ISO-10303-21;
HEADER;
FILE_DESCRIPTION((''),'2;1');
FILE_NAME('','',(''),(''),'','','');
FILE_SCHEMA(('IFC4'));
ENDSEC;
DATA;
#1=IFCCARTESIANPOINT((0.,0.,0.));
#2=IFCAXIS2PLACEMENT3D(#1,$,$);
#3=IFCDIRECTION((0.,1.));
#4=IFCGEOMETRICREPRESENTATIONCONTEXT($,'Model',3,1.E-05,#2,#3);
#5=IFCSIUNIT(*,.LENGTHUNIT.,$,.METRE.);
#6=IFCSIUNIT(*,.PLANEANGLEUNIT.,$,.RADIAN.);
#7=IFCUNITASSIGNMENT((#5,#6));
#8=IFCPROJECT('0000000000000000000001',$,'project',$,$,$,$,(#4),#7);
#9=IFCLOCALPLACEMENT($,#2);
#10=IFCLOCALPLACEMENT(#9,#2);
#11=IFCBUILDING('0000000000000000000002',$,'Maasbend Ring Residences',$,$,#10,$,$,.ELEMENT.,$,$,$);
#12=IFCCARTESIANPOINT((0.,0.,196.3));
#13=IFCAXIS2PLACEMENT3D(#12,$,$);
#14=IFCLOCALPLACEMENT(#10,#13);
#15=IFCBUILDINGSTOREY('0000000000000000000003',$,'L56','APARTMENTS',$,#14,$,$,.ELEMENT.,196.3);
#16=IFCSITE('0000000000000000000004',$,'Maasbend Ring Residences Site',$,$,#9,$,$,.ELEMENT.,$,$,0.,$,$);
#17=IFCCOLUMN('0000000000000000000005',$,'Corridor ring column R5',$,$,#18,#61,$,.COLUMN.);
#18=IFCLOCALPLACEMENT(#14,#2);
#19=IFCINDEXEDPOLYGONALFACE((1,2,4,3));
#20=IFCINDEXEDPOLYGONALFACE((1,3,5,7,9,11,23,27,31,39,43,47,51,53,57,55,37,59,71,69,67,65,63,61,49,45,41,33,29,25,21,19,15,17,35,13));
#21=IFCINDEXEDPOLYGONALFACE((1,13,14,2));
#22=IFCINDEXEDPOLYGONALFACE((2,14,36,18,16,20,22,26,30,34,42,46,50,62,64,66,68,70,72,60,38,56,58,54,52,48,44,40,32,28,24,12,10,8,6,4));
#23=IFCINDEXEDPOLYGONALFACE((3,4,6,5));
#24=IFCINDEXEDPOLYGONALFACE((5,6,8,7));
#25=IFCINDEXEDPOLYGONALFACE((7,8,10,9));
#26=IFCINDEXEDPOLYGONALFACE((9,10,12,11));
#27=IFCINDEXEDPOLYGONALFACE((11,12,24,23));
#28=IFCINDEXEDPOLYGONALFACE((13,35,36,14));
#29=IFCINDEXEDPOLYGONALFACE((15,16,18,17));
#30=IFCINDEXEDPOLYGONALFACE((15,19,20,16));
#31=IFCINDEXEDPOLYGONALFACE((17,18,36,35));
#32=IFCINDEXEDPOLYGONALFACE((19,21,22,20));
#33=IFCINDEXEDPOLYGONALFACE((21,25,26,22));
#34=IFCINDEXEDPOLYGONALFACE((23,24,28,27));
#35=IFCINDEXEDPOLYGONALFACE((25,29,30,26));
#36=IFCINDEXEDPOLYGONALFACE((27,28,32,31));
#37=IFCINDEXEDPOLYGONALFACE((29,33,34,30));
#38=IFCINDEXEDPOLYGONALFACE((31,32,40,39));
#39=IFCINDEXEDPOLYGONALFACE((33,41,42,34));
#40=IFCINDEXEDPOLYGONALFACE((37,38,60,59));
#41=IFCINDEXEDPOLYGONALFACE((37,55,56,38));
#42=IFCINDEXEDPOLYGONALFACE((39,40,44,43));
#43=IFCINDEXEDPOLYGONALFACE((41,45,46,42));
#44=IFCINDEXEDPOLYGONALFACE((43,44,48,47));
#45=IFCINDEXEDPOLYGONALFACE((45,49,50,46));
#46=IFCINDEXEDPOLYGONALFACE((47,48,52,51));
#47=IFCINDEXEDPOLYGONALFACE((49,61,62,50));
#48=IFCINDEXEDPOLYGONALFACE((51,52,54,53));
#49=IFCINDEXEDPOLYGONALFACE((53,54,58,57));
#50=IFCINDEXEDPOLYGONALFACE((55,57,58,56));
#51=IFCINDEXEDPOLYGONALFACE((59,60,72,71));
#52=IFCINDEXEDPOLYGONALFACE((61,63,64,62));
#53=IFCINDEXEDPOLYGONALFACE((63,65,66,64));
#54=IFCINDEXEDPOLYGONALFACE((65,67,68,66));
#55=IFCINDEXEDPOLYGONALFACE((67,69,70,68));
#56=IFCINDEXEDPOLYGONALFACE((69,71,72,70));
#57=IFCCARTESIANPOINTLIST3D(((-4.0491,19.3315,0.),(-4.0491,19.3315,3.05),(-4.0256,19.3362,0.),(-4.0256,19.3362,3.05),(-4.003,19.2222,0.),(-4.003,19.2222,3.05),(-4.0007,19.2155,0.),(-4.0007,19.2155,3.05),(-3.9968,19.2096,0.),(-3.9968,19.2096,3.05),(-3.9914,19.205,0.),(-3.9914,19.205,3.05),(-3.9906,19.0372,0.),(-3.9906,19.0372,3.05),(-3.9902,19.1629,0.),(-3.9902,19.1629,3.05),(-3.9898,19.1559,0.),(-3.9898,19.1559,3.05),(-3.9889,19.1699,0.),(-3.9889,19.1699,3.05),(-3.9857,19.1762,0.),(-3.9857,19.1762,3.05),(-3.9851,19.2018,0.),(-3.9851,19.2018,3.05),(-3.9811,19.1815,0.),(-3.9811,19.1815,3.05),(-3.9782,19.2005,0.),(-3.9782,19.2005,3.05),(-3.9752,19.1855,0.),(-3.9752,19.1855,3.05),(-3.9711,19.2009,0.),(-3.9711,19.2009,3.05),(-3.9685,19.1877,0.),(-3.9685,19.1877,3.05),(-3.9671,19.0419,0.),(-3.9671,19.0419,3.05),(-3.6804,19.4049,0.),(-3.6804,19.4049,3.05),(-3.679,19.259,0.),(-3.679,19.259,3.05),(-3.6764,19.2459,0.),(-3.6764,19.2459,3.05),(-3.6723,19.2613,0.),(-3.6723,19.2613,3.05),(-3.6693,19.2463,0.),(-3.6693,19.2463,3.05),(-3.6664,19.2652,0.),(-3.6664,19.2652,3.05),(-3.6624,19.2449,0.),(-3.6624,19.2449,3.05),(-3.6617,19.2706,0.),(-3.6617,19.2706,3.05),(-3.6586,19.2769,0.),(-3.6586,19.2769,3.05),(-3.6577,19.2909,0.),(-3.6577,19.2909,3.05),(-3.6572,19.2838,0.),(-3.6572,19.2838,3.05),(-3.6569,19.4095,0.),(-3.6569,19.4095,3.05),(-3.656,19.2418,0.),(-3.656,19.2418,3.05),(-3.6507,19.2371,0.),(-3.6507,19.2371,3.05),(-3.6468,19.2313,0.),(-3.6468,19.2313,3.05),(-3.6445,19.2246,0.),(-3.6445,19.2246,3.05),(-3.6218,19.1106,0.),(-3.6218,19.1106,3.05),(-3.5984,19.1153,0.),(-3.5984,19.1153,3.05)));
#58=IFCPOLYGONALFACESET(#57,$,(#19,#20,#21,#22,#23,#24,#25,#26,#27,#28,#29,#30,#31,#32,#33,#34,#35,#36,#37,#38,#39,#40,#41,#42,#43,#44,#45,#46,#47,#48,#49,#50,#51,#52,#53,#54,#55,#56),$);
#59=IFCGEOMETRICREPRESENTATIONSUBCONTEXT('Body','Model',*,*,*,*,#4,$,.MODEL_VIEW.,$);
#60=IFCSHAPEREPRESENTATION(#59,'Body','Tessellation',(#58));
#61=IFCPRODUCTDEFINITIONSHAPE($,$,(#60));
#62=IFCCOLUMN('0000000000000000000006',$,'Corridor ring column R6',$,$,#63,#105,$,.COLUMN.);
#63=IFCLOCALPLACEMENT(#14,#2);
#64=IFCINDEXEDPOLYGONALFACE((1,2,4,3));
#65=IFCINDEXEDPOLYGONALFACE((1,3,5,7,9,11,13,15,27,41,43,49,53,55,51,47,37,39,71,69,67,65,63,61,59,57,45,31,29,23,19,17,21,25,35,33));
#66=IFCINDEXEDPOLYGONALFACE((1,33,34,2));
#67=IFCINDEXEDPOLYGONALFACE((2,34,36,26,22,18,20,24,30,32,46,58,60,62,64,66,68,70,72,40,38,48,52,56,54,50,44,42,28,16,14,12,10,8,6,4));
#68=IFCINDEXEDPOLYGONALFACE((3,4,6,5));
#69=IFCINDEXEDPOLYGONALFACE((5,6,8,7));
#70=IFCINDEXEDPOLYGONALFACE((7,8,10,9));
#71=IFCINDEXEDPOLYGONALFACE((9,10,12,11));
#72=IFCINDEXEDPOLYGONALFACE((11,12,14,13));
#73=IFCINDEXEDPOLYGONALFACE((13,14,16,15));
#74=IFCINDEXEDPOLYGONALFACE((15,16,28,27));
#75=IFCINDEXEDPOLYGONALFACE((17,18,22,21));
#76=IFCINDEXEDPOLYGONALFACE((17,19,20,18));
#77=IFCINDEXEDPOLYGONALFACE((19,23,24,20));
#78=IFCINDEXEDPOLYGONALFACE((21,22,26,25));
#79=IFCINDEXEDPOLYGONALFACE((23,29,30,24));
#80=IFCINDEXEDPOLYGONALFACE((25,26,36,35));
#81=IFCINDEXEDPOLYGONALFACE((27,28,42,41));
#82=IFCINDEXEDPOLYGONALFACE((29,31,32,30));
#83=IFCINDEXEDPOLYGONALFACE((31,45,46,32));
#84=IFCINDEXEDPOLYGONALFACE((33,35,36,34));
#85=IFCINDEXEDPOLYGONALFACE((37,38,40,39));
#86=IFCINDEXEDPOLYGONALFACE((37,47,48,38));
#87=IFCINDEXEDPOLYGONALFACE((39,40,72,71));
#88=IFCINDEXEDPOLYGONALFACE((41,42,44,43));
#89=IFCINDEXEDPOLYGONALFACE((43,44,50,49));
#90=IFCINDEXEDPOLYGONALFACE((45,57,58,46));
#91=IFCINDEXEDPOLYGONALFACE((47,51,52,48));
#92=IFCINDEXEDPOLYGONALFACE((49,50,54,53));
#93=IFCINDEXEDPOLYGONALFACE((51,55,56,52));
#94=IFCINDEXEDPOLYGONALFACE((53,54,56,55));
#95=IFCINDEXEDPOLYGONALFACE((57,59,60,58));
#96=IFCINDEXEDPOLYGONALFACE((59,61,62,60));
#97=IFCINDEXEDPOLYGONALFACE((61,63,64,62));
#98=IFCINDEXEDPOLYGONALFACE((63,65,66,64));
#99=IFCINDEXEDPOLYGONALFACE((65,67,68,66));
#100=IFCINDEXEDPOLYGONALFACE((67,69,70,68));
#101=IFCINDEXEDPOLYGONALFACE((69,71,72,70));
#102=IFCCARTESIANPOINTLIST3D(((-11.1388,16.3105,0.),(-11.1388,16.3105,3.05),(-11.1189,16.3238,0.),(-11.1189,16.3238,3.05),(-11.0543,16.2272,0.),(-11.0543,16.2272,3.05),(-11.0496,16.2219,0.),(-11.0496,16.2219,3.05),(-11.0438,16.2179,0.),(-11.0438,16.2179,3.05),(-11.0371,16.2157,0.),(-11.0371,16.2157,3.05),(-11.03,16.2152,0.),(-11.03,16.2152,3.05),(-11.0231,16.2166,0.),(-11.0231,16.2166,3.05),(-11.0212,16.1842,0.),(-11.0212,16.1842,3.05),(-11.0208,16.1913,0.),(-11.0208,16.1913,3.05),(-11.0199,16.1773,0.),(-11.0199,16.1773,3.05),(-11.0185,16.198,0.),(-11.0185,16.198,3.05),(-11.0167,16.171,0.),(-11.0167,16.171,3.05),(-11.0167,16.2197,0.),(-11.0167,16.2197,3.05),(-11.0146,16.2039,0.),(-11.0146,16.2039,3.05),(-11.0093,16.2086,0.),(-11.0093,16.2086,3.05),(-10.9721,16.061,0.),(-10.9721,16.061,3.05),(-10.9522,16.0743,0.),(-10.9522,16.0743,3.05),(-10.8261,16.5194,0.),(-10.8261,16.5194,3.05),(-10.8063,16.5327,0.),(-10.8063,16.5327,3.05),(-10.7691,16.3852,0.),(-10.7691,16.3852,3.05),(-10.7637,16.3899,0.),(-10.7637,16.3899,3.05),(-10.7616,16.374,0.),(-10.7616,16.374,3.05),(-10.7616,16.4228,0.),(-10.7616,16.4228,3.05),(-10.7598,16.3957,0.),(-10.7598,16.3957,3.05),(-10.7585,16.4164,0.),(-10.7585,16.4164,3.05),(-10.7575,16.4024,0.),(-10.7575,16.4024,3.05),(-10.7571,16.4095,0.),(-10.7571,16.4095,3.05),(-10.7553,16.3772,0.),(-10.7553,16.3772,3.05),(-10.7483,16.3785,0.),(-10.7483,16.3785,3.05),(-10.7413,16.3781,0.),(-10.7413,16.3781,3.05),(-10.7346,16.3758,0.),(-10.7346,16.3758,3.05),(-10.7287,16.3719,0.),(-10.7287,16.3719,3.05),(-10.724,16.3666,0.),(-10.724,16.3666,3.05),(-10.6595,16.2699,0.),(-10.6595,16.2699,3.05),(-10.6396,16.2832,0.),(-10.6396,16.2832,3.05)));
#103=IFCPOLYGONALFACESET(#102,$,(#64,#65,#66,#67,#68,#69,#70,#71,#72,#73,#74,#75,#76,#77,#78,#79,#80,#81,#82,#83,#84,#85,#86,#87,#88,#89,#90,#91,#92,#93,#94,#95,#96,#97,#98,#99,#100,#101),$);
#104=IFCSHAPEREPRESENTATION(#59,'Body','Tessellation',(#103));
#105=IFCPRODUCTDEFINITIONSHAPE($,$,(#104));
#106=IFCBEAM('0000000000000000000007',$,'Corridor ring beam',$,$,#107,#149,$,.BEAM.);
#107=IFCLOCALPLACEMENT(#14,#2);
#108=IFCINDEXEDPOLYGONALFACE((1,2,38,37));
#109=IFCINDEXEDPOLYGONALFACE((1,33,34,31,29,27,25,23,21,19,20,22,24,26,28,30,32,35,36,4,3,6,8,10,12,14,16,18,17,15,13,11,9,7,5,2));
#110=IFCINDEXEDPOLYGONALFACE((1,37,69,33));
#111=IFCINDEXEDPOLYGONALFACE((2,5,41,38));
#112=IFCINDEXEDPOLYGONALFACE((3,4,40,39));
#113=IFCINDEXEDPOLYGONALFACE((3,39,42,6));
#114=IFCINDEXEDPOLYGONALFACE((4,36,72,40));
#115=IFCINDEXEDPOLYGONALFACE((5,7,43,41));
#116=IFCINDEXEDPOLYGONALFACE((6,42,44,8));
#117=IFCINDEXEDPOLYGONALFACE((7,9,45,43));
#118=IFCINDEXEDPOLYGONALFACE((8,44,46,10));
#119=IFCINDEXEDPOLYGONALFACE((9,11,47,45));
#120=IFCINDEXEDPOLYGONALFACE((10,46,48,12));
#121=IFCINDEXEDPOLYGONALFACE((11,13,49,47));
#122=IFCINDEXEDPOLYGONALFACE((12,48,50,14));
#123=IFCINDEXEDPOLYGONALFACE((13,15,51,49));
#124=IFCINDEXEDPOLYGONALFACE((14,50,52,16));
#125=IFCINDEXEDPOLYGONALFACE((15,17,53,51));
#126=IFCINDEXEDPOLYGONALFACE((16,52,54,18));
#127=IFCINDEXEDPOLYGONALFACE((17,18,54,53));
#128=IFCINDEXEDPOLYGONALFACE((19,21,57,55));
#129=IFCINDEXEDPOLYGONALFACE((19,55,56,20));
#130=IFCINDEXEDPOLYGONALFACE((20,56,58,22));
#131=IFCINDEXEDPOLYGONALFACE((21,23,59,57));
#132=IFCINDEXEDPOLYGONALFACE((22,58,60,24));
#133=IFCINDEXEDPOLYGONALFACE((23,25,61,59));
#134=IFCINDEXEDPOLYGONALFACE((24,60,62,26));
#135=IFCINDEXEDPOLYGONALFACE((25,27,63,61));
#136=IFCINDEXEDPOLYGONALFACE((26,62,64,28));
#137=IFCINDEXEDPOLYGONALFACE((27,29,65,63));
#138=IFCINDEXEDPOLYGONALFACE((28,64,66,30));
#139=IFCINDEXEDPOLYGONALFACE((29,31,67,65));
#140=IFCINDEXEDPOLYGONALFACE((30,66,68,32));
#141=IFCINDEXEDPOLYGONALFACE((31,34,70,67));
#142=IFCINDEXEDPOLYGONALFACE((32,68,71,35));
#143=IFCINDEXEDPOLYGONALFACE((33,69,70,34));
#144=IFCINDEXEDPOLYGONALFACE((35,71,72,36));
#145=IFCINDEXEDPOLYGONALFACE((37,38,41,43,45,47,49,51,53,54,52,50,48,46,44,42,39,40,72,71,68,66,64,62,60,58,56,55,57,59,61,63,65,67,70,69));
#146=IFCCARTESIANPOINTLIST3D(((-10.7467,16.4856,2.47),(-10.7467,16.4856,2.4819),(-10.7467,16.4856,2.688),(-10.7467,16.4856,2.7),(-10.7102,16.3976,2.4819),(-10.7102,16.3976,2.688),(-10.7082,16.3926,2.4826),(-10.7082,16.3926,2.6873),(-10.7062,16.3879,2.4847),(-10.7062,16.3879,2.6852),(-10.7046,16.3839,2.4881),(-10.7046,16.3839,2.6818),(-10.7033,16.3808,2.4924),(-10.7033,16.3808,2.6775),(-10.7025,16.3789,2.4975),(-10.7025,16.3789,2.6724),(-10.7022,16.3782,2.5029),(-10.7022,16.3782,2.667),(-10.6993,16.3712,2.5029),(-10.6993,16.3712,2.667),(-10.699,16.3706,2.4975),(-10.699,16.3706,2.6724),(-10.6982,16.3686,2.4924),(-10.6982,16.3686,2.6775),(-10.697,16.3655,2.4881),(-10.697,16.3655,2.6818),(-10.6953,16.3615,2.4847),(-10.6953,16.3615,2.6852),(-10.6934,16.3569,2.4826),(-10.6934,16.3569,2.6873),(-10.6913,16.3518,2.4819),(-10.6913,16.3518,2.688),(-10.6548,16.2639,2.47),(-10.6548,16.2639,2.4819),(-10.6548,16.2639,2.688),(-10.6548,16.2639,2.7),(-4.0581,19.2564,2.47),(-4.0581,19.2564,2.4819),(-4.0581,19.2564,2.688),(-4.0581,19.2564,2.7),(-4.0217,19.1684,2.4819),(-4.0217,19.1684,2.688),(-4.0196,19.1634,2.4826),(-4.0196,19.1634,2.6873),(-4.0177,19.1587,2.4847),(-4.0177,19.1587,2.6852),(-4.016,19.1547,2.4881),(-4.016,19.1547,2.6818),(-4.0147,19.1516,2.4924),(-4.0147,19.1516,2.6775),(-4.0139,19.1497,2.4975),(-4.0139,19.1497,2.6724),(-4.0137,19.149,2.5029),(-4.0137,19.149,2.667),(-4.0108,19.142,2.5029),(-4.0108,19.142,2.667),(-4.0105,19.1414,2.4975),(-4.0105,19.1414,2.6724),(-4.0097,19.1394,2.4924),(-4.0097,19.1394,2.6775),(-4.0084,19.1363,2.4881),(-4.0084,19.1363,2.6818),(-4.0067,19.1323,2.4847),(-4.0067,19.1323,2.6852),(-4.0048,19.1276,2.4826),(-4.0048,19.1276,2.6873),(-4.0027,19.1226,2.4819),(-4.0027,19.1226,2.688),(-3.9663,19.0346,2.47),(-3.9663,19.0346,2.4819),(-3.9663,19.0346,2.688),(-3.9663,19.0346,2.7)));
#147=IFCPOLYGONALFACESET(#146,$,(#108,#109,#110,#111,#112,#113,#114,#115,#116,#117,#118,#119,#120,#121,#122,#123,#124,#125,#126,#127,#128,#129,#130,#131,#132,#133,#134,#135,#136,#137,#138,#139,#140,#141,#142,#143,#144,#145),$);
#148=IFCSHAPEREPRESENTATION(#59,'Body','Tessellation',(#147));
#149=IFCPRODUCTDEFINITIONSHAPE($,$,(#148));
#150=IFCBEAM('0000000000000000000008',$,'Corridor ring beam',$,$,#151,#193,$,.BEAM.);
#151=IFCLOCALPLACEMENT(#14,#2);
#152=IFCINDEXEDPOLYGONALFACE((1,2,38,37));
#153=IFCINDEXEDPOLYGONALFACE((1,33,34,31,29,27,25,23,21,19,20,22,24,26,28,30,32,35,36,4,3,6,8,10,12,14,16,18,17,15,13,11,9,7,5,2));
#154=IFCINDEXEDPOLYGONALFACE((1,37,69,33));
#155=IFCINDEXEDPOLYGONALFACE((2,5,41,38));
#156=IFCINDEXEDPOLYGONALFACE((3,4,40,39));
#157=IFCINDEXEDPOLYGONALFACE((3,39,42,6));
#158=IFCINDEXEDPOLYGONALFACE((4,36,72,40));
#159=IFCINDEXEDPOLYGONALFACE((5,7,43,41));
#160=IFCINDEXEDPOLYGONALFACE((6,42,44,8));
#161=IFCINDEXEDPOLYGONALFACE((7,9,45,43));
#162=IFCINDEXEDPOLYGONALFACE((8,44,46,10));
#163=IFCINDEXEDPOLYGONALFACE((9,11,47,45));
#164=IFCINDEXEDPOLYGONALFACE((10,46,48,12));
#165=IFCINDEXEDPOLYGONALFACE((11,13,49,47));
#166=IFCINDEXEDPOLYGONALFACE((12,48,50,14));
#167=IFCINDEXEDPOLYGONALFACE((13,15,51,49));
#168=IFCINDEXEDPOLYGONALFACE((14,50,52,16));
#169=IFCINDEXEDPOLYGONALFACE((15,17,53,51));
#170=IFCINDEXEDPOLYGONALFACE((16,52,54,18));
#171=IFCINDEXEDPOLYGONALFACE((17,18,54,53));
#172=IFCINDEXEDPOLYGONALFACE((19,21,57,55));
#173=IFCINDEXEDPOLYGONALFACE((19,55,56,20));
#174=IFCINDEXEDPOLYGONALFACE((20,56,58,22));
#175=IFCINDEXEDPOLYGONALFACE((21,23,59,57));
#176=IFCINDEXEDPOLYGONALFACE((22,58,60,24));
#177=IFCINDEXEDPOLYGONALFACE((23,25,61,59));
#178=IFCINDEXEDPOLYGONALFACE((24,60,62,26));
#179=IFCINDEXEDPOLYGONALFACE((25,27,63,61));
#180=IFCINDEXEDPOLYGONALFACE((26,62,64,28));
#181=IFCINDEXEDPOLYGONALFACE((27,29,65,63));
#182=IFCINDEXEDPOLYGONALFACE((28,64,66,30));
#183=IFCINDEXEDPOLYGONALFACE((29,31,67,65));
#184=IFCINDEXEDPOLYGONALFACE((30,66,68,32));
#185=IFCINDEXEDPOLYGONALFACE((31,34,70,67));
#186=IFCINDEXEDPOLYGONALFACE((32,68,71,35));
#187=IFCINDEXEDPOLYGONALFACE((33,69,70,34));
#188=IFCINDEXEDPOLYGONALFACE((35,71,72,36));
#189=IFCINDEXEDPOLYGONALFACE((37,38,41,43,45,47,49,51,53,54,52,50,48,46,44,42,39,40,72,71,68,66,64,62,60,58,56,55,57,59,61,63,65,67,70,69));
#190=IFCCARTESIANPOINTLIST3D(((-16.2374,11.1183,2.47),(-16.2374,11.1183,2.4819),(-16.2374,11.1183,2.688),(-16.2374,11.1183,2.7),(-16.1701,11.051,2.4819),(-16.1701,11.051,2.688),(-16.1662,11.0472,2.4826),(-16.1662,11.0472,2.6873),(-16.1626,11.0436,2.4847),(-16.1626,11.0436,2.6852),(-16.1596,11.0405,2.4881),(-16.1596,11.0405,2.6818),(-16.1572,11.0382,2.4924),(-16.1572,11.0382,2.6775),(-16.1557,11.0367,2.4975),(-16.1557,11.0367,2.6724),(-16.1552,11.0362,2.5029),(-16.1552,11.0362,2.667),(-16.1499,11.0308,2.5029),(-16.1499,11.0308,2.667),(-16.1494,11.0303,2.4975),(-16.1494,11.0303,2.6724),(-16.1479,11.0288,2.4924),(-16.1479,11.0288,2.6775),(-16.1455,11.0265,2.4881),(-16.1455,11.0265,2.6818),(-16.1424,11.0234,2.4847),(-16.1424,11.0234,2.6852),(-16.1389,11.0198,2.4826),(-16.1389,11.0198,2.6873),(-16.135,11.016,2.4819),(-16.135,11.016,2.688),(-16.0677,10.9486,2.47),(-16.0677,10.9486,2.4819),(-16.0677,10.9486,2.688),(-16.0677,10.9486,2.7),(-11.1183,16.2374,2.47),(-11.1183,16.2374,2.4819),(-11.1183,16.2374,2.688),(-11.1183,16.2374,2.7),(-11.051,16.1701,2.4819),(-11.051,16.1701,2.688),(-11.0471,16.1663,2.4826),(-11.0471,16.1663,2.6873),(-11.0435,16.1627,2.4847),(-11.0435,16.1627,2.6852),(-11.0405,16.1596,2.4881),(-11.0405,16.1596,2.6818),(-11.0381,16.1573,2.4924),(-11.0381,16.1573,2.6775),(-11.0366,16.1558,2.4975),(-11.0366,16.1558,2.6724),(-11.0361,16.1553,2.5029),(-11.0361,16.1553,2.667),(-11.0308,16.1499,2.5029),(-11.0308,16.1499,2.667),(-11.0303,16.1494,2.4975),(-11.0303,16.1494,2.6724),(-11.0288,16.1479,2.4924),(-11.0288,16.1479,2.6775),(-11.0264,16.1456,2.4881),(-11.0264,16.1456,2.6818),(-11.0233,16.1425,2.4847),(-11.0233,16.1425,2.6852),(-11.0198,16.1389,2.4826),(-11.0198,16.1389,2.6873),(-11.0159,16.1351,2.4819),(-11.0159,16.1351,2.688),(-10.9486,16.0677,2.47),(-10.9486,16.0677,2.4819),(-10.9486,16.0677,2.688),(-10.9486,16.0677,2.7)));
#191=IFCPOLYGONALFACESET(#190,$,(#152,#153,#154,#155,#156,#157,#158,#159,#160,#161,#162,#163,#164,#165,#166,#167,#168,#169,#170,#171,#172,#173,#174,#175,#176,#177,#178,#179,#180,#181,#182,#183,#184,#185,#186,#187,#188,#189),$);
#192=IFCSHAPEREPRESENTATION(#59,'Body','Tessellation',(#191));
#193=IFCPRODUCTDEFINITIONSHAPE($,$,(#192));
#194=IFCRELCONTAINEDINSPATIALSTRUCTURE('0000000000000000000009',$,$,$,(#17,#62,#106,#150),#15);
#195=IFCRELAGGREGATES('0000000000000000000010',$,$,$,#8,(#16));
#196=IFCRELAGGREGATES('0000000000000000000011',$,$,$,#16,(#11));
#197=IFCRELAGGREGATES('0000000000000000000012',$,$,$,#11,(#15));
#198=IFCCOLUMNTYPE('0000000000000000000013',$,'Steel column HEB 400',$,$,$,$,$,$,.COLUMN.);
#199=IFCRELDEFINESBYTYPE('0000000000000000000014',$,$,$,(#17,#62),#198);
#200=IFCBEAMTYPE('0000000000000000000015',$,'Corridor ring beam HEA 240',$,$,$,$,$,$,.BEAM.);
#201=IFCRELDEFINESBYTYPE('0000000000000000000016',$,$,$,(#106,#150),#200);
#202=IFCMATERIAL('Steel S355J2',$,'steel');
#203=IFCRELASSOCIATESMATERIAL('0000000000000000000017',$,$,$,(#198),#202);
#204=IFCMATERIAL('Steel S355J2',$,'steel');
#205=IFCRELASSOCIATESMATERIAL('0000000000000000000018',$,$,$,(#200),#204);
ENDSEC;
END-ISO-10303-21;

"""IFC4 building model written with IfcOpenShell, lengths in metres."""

from ifc_helpers import new_model, si_unit, direction, frame, origin, origin_2d, place, context, subcontext, project, spatial, i_section, extrude, material, material_profile, profile_set, type_object, element, save


model = new_model("IFC4")

# Units and contexts
model_context = context("Model", 3, precision=1e-05, world=origin(), true_north=direction((0.0, 1.0)))
body_context = subcontext(model_context, "Body", "Model", "MODEL_VIEW")
ifc_project = project(units=[si_unit("LENGTHUNIT", "METRE"), si_unit("PLANEANGLEUNIT", "RADIAN")], contexts=[model_context])

# Site, building, storey
site_placement = place(None, origin())
site = spatial("IfcSite", under=ifc_project, at=site_placement, Name="Maasbend Ring Residences Site", CompositionType="ELEMENT", RefElevation=0.0)
building_placement = place(site_placement, origin())
building = spatial("IfcBuilding", under=site, at=building_placement, Name="Maasbend Ring Residences", CompositionType="ELEMENT")
storey_placement = place(building_placement, frame((0.0, 0.0, 196.3)))
storey = spatial("IfcBuildingStorey", under=building, at=storey_placement, Name="L56", Description="APARTMENTS", CompositionType="ELEMENT", Elevation=196.3)

# Columns
ifc_material_1 = material(Name="Steel S355J2", Category="steel")
ifc_material_profile_1 = material_profile(ifc_material_1, i_section(OverallWidth=0.3, OverallDepth=0.3999, WebThickness=0.0134, FlangeThickness=0.0239, FilletRadius=0.0271, at=origin_2d()), Name="HEB 400")
ifc_profile_set_1 = profile_set([ifc_material_profile_1], Name="Steel S355J2")
column_type = type_object("IfcColumnType", Name="Steel column HEB 400", PredefinedType="COLUMN", material=ifc_profile_set_1)
for number, where, z_axis, x_axis, name in (
    (1, (-3.8237, 19.2234, 0.0), (0.0, 0.0, 1.0), (-0.19509, 0.980785, 0.0), "Corridor ring column R5"),
    (2, (-10.8892, 16.2969, 0.0), (0.0, 0.0, 1.0), (-0.55557, 0.83147, 0.0), "Corridor ring column R6"),
):
    element("IfcColumn", number, at=place(storey_placement, frame(where, z_axis=z_axis, x_axis=x_axis)), inside=storey, type_object=column_type, Name=name, PredefinedType="COLUMN", context=body_context, shape_type="SweptSolid", body=[
        extrude(i_section(OverallWidth=0.3, OverallDepth=0.3999, WebThickness=0.0134, FlangeThickness=0.0239, FilletRadius=0.0271, at=origin_2d()), origin(), (0.0, 0.0, 1.0), 3.05),
    ])

# Beams
ifc_material_2 = material(Name="Steel S355J2", Category="steel")
ifc_material_profile_2 = material_profile(ifc_material_2, i_section(OverallWidth=0.24, OverallDepth=0.23, WebThickness=0.0076, FlangeThickness=0.012, FilletRadius=0.021, at=origin_2d()), Name="HEA 240")
ifc_profile_set_2 = profile_set([ifc_material_profile_2], Name="Steel S355J2")
beam_type = type_object("IfcBeamType", Name="Corridor ring beam HEA 240", PredefinedType="BEAM", material=ifc_profile_set_2)
beam_1_placement = place(storey_placement, frame((-4.0122, 19.1455, 2.585), z_axis=(-0.923865, -0.382718, 0.0), x_axis=(0.382718, -0.923865, 0.0)))
element("IfcBeam", 3, at=beam_1_placement, inside=storey, type_object=beam_type, Name="Corridor ring beam", PredefinedType="BEAM", context=body_context, shape_type="SweptSolid", body=[
    extrude(i_section(OverallWidth=0.24, OverallDepth=0.23, WebThickness=0.0076, FlangeThickness=0.012, FilletRadius=0.021, at=origin_2d()), origin(), (0.0, 0.0, 1.0), 7.2397),
])
beam_2_placement = place(storey_placement, frame((-11.0334, 16.1526, 2.585), z_axis=(-0.707107, -0.707107, 0.0), x_axis=(0.707107, -0.707107, 0.0)))
element("IfcBeam", 4, at=beam_2_placement, inside=storey, type_object=beam_type, Name="Corridor ring beam", PredefinedType="BEAM", context=body_context, shape_type="SweptSolid", body=[
    extrude(i_section(OverallWidth=0.24, OverallDepth=0.23, WebThickness=0.0076, FlangeThickness=0.012, FilletRadius=0.021, at=origin_2d()), origin(), (0.0, 0.0, 1.0), 7.2395),
])

save(model, "model.ifc")
